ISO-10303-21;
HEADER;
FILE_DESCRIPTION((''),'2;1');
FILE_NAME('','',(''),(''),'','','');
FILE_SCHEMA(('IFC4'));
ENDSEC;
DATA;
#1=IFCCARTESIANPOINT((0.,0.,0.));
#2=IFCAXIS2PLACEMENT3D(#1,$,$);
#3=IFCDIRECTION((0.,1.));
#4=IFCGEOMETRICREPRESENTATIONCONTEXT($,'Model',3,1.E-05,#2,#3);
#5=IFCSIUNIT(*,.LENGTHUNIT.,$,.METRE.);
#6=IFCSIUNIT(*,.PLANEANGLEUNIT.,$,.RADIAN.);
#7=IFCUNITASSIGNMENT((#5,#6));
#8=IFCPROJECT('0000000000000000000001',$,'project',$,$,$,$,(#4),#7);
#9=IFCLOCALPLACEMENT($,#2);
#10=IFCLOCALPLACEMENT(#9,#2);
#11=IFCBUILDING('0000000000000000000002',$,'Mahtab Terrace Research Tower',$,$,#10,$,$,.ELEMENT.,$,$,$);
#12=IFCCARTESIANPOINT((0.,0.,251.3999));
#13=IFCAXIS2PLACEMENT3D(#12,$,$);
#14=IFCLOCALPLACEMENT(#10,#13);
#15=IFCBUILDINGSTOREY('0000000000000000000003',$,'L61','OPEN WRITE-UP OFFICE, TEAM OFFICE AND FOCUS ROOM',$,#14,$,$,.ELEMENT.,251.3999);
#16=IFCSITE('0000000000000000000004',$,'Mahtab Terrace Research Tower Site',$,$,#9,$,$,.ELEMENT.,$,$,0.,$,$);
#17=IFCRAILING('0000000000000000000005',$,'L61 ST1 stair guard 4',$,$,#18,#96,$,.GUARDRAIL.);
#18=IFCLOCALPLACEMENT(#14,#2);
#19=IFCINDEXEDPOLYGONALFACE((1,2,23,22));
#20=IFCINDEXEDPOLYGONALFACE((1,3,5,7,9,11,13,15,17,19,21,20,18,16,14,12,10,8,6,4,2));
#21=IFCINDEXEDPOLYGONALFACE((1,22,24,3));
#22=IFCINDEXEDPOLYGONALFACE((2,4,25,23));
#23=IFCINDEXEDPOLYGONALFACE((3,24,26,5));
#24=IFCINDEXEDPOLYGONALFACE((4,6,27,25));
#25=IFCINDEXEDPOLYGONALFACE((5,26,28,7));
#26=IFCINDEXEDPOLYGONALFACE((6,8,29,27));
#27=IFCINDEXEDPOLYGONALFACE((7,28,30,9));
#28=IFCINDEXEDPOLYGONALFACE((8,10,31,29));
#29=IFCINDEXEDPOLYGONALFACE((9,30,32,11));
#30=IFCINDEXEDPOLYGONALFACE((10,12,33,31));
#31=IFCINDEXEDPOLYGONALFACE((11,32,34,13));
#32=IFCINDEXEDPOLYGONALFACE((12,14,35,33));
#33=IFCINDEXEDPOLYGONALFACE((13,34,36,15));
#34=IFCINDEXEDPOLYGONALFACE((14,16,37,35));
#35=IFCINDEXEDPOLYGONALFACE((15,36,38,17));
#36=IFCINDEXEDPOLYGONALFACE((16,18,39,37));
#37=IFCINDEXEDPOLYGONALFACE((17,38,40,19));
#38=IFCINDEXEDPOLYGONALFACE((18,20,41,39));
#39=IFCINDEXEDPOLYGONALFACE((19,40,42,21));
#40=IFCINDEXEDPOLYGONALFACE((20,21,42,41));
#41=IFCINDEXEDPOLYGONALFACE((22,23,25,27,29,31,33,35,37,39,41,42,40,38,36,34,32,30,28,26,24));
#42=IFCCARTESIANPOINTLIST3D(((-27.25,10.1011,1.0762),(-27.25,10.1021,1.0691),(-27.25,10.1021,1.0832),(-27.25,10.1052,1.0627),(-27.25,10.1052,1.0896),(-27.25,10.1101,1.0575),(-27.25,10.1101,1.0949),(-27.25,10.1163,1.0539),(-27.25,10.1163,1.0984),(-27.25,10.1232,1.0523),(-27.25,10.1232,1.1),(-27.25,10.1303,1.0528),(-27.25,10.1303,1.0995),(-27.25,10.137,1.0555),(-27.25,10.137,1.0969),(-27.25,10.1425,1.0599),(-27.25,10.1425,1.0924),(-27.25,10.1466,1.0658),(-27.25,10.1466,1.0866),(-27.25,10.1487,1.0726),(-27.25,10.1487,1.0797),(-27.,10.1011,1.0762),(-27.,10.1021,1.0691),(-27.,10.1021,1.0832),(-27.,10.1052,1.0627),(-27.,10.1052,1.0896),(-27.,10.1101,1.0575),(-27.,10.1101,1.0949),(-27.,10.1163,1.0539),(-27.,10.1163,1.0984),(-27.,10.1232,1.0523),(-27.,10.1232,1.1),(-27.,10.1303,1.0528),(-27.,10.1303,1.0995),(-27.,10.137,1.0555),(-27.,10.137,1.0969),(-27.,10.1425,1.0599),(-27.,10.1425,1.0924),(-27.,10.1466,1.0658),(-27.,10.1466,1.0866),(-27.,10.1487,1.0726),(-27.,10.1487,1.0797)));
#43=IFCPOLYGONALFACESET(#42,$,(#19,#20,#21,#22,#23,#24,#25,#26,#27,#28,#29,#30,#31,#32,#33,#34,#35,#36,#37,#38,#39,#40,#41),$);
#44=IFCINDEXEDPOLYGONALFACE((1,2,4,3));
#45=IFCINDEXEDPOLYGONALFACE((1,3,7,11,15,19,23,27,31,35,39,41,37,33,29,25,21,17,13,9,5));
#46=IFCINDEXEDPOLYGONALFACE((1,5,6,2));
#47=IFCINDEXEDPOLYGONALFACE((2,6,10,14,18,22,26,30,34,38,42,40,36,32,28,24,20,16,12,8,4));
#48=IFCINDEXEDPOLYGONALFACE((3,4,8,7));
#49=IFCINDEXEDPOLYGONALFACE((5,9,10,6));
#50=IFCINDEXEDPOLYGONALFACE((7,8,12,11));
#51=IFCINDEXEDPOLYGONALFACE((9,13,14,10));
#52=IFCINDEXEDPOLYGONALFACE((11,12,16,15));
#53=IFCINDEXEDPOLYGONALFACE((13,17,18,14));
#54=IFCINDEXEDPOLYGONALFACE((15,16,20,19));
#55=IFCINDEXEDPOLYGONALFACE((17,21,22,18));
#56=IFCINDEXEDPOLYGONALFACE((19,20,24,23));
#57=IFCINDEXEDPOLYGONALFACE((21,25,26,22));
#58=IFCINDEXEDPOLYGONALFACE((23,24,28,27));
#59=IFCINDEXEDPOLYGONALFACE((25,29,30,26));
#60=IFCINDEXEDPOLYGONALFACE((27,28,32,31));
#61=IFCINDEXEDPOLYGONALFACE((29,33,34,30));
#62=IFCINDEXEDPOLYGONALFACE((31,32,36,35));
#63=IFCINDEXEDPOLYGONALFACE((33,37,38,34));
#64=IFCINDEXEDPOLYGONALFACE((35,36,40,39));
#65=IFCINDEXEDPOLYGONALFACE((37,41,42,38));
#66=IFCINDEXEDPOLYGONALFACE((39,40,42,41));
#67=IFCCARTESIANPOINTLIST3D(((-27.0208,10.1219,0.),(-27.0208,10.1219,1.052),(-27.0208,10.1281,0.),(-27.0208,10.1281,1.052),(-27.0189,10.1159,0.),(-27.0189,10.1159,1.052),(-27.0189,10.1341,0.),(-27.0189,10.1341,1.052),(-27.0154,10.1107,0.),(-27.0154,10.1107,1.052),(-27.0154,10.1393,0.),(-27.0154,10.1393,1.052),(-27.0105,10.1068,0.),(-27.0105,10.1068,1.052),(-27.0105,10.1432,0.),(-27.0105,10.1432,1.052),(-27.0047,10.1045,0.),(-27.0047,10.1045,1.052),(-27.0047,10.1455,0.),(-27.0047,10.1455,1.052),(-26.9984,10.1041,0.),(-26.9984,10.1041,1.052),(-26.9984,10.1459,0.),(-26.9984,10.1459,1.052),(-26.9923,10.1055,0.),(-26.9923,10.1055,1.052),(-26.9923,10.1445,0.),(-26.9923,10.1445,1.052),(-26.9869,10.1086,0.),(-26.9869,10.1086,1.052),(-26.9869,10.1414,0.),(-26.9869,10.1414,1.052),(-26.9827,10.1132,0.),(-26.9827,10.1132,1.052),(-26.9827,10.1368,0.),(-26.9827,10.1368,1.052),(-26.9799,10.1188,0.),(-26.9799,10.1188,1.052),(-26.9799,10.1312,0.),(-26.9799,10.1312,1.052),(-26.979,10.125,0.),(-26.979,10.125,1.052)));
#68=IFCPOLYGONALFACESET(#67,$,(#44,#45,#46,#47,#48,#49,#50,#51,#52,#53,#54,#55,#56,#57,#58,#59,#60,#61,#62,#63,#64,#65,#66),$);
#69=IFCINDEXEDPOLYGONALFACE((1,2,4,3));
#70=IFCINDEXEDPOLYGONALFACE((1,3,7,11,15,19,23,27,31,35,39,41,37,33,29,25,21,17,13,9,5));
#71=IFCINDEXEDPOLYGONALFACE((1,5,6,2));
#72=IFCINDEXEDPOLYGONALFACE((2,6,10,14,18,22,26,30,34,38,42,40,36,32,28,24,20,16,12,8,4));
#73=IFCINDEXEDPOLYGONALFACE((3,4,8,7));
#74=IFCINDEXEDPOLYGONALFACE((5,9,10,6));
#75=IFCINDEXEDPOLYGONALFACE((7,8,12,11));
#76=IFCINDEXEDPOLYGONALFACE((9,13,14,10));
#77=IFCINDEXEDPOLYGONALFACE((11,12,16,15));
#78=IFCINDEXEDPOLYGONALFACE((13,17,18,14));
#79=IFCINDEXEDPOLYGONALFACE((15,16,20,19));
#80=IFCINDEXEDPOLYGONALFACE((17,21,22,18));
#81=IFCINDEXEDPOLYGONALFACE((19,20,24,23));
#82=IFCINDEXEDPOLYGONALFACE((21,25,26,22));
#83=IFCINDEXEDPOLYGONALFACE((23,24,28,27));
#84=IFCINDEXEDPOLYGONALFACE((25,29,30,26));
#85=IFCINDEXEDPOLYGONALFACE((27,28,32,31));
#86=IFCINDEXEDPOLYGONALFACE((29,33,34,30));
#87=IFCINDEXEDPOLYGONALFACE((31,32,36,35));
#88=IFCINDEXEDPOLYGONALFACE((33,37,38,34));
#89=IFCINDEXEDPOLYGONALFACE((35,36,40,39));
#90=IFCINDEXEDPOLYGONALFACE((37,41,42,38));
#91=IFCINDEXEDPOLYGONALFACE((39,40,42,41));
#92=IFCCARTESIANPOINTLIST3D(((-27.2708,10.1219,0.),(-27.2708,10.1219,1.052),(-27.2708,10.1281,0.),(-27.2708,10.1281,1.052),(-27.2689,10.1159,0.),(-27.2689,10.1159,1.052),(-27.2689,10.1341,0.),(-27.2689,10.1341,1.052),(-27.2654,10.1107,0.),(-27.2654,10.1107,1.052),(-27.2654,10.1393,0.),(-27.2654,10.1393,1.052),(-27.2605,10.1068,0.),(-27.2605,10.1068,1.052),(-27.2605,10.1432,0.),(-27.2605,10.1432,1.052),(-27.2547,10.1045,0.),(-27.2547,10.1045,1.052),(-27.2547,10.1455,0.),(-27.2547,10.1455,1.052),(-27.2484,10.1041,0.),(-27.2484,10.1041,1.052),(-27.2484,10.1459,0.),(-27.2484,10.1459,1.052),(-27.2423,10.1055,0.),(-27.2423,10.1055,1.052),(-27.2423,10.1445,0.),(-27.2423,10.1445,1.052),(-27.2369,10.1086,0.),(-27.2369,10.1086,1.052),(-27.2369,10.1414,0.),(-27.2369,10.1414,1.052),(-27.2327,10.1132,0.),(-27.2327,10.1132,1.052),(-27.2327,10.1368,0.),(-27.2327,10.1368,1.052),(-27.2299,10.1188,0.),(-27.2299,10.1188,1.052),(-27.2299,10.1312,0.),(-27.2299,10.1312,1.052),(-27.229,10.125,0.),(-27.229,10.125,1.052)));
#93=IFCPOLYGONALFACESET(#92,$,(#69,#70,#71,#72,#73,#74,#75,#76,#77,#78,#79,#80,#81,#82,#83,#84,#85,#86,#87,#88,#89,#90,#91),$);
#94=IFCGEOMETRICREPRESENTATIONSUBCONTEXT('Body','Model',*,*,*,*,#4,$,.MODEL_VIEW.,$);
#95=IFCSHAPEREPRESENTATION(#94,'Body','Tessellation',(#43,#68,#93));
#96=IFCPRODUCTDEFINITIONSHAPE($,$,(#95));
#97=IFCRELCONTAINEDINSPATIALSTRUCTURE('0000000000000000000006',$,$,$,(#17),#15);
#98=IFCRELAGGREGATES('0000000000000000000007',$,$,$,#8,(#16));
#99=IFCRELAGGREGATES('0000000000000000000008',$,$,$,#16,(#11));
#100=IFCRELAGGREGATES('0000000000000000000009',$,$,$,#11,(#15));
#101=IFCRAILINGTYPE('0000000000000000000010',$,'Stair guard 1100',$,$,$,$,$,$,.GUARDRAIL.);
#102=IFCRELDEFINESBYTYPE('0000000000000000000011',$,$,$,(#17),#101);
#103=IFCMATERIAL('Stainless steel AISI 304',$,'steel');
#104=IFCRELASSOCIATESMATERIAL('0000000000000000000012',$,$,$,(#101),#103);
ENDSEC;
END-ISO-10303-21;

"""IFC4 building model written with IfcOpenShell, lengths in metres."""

from ifc_helpers import new_model, si_unit, direction, frame, origin, origin_2d, place, context, subcontext, project, spatial, circle, extrude, material, type_object, element, save


model = new_model("IFC4")

# Units and contexts
model_context = context("Model", 3, precision=1e-05, world=origin(), true_north=direction((0.0, 1.0)))
body_context = subcontext(model_context, "Body", "Model", "MODEL_VIEW")
ifc_project = project(units=[si_unit("LENGTHUNIT", "METRE"), si_unit("PLANEANGLEUNIT", "RADIAN")], contexts=[model_context])

# Site, building, storey
site_placement = place(None, origin())
site = spatial("IfcSite", under=ifc_project, at=site_placement, Name="Mahtab Terrace Research Tower Site", CompositionType="ELEMENT", RefElevation=0.0)
building_placement = place(site_placement, origin())
building = spatial("IfcBuilding", under=site, at=building_placement, Name="Mahtab Terrace Research Tower", CompositionType="ELEMENT")
storey_placement = place(building_placement, frame((0.0, 0.0, 251.3999)))
storey = spatial("IfcBuildingStorey", under=building, at=storey_placement, Name="L61", Description="OPEN WRITE-UP OFFICE, TEAM OFFICE AND FOCUS ROOM", CompositionType="ELEMENT", Elevation=251.3999)

# Railing
ifc_material_1 = material(Name="Stainless steel AISI 304", Category="steel")
railing_type_1 = type_object("IfcRailingType", Name="Stair guard 1100", PredefinedType="GUARDRAIL", material=ifc_material_1)
railing_1_placement = place(storey_placement, frame((-27.0, 10.125, 0.0)))
element("IfcRailing", 1, at=railing_1_placement, inside=storey, type_object=railing_type_1, Name="L61 ST1 stair guard 4", PredefinedType="GUARDRAIL", context=body_context, shape_type="SweptSolid", body=[
    extrude(circle(Radius=0.0239, at=origin_2d()), frame((0.0, 0.0, 1.0762), z_axis=(-1.0, 0.0, 0.0), x_axis=(0.0, -1.0, 0.0)), (0.0, 0.0, 1.0), 0.25),
    extrude(circle(Radius=0.021, at=origin_2d()), origin(), (0.0, 0.0, 1.0), 1.052),
    extrude(circle(Radius=0.021, at=origin_2d()), frame((-0.25, 0.0, 0.0)), (0.0, 0.0, 1.0), 1.052),
])

save(model, "model.ifc")
